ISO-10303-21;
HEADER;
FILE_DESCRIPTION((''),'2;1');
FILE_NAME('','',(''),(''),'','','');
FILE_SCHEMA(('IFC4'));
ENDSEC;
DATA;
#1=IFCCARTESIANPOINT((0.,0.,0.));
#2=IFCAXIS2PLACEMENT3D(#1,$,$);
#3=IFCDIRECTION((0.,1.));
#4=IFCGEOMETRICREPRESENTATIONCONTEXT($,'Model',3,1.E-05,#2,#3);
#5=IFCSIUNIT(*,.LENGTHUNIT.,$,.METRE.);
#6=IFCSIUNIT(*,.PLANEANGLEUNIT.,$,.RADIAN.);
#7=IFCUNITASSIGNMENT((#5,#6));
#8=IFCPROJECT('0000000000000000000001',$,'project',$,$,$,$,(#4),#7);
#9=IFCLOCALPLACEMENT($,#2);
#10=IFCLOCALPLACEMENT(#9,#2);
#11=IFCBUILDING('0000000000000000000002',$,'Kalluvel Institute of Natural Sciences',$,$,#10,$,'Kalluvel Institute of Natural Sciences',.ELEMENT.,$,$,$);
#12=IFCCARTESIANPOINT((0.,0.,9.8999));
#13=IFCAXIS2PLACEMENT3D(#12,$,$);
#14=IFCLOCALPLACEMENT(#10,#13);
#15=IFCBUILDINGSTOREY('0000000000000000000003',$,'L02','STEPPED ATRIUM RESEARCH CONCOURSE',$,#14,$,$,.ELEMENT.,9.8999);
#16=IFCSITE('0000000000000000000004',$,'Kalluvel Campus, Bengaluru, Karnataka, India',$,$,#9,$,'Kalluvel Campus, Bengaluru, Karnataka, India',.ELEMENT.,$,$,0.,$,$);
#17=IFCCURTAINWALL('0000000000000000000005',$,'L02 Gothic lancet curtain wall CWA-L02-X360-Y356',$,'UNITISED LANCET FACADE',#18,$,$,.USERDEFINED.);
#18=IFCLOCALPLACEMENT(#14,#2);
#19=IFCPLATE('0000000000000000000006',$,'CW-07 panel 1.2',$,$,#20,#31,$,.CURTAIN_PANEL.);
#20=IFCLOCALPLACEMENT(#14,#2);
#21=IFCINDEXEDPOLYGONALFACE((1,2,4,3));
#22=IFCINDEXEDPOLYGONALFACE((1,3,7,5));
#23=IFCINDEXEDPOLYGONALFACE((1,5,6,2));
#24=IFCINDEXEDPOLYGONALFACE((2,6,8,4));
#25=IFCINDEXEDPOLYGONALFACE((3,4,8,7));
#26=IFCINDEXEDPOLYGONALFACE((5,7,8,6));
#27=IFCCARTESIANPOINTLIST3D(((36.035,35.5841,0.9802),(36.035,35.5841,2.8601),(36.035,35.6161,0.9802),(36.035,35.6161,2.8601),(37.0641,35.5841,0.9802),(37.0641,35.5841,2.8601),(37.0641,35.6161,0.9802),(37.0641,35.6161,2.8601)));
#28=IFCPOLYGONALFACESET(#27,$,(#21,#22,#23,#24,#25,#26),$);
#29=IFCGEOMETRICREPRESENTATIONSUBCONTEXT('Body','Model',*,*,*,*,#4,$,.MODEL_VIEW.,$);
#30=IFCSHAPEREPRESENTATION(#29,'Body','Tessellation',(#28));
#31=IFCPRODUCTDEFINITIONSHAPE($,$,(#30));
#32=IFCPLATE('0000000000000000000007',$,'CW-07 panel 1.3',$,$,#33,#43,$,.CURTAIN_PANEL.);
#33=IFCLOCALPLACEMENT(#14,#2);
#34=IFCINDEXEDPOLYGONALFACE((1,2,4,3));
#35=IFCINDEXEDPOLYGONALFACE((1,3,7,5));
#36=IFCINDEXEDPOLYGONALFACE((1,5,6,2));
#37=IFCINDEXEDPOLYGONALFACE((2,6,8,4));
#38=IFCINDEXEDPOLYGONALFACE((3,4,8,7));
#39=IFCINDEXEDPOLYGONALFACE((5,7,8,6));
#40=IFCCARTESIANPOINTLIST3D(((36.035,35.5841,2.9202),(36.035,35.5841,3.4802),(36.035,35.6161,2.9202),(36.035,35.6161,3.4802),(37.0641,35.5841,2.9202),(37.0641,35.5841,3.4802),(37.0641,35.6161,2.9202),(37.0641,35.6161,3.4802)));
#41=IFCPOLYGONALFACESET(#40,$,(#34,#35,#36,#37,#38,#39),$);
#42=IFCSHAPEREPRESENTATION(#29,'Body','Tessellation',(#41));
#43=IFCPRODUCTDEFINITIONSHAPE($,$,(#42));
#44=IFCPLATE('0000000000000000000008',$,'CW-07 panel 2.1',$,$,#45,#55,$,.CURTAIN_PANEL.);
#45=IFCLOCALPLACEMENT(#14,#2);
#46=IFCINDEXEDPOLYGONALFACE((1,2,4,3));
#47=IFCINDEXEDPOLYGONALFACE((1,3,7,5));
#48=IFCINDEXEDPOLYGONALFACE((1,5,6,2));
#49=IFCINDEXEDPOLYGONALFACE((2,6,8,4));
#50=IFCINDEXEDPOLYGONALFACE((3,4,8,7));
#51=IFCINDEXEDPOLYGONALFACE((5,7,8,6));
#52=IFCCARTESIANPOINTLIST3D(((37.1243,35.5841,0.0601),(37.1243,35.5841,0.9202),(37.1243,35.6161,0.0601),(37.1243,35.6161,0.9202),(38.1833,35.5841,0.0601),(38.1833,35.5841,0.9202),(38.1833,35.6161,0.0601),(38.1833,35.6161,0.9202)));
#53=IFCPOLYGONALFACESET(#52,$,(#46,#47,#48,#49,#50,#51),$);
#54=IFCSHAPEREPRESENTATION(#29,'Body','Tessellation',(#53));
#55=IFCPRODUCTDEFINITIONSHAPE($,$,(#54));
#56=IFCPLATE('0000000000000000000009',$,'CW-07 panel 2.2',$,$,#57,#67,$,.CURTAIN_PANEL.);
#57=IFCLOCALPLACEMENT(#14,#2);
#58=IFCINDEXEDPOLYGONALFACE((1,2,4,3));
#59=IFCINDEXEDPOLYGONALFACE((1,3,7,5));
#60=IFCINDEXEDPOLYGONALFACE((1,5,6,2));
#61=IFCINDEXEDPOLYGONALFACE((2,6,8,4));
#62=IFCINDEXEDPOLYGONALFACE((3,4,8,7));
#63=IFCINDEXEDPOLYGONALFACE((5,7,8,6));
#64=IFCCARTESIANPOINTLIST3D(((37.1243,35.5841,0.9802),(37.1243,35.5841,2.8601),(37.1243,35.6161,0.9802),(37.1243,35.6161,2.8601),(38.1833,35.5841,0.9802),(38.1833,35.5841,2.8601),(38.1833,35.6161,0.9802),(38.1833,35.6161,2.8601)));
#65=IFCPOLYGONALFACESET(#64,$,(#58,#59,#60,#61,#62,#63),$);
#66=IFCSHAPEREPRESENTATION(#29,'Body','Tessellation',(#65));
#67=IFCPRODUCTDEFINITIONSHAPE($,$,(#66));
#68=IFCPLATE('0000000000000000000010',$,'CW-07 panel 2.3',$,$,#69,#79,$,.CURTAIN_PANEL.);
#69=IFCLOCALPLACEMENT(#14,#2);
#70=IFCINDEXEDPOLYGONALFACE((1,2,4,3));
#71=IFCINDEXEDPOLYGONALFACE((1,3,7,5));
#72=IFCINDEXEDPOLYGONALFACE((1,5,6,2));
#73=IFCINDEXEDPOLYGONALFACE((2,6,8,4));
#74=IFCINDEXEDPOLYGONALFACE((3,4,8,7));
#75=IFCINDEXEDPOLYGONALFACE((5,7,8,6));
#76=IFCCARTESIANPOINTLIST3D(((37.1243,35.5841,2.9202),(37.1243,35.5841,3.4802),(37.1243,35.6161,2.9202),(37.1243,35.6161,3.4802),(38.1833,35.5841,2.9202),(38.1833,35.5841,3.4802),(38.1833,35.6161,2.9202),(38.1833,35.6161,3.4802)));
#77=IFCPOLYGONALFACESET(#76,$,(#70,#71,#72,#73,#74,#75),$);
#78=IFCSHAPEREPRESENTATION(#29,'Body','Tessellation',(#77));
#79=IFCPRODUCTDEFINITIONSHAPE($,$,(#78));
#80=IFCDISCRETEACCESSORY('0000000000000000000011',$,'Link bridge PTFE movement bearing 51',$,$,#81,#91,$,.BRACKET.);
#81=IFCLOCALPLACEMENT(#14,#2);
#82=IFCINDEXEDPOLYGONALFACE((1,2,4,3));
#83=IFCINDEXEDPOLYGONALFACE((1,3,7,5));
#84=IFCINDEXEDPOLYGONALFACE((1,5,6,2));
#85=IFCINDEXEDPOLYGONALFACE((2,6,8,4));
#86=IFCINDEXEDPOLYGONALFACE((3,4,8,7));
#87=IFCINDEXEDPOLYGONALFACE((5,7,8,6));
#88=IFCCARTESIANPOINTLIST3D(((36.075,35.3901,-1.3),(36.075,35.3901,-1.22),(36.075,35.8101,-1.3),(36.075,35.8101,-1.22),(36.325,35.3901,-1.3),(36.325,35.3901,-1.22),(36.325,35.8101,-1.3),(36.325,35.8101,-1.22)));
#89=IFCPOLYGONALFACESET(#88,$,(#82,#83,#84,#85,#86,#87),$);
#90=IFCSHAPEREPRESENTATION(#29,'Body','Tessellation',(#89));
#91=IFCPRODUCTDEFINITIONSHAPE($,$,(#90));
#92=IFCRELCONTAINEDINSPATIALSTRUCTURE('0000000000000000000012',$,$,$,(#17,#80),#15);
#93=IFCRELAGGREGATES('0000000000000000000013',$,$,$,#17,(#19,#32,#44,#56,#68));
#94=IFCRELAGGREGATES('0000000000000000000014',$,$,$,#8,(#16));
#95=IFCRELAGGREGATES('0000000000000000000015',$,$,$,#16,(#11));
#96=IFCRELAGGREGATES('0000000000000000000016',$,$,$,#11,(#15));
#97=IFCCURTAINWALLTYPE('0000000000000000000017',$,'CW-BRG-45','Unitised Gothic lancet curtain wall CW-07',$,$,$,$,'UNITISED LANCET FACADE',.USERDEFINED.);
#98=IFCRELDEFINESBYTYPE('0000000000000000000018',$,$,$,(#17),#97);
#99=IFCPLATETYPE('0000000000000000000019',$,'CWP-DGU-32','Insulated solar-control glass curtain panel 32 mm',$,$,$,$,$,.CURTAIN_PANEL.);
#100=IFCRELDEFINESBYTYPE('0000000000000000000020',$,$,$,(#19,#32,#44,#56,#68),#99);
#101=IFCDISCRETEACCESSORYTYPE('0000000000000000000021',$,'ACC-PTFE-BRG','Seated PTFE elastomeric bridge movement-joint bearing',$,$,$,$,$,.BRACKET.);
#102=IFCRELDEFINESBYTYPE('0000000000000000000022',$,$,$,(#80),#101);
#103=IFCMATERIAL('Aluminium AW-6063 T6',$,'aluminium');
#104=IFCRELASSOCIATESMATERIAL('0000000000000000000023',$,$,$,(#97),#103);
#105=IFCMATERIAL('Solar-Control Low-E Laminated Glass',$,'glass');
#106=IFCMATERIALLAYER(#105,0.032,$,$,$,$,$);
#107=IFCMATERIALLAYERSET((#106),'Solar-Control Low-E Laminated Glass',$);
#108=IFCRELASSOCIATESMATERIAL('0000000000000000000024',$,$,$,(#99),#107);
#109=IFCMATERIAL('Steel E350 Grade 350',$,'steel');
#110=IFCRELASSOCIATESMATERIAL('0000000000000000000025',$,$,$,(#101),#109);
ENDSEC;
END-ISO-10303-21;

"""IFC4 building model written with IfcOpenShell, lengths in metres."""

from ifc_helpers import new_model, si_unit, direction, frame, origin, origin_2d, place, context, subcontext, project, spatial, rectangle, extrude, material, layer, layer_set, type_object, element, aggregate, save


model = new_model("IFC4")

# Units and contexts
model_context = context("Model", 3, precision=1e-05, world=origin(), true_north=direction((0.0, 1.0)))
body_context = subcontext(model_context, "Body", "Model", "MODEL_VIEW")
ifc_project = project(units=[si_unit("LENGTHUNIT", "METRE"), si_unit("PLANEANGLEUNIT", "RADIAN")], contexts=[model_context])

# Site, building, storey
site_placement = place(None, origin())
site = spatial("IfcSite", under=ifc_project, at=site_placement, Name="Kalluvel Campus, Bengaluru, Karnataka, India", LongName="Kalluvel Campus, Bengaluru, Karnataka, India", CompositionType="ELEMENT", RefElevation=0.0)
building_placement = place(site_placement, origin())
building = spatial("IfcBuilding", under=site, at=building_placement, Name="Kalluvel Institute of Natural Sciences", LongName="Kalluvel Institute of Natural Sciences", CompositionType="ELEMENT")
storey_placement = place(building_placement, frame((0.0, 0.0, 9.8999)))
storey = spatial("IfcBuildingStorey", under=building, at=storey_placement, Name="L02", Description="STEPPED ATRIUM RESEARCH CONCOURSE", CompositionType="ELEMENT", Elevation=9.8999)

# Shared definitions
ifc_material_1 = material(Name="Steel E350 Grade 350", Category="steel")

# Shared definitions
ifc_material_2 = material(Name="Aluminium AW-6063 T6", Category="aluminium")

# Curtain wall
curtain_wall_type_1 = type_object("IfcCurtainWallType", Name="CW-BRG-45", Description="Unitised Gothic lancet curtain wall CW-07", ElementType="UNITISED LANCET FACADE", PredefinedType="USERDEFINED", material=ifc_material_2)
curtain_wall_1_placement = place(storey_placement, origin())
curtain_wall_1 = element("IfcCurtainWall", 1, at=curtain_wall_1_placement, inside=storey, type_object=curtain_wall_type_1, Name="L02 Gothic lancet curtain wall CWA-L02-X360-Y356", ObjectType="UNITISED LANCET FACADE", PredefinedType="USERDEFINED")

# Plates
ifc_material_3 = material(Name="Solar-Control Low-E Laminated Glass", Category="glass")
ifc_layer_1 = layer(ifc_material_3, 0.032)
ifc_layer_set_1 = layer_set([ifc_layer_1], Name="Solar-Control Low-E Laminated Glass")
plate_type_1 = type_object("IfcPlateType", Name="CWP-DGU-32", Description="Insulated solar-control glass curtain panel 32 mm", PredefinedType="CURTAIN_PANEL", material=ifc_layer_set_1)
plate_1_placement = place(storey_placement, frame((36.5496, 35.6001, 0.9802), z_axis=(0.0, 0.0, 1.0), x_axis=(1.0, 0.0, 0.0)))
plate_1 = element("IfcPlate", 2, at=plate_1_placement, type_object=plate_type_1, Name="CW-07 panel 1.2", PredefinedType="CURTAIN_PANEL", context=body_context, shape_type="SweptSolid", body=[
    extrude(rectangle(XDim=1.0291, YDim=0.032, at=origin_2d()), origin(), (0.0, 0.0, 1.0), 1.8799),
])
plate_2_placement = place(storey_placement, frame((36.5496, 35.6001, 2.9202), z_axis=(0.0, 0.0, 1.0), x_axis=(1.0, 0.0, 0.0)))
plate_2 = element("IfcPlate", 3, at=plate_2_placement, type_object=plate_type_1, Name="CW-07 panel 1.3", PredefinedType="CURTAIN_PANEL", context=body_context, shape_type="SweptSolid", body=[
    extrude(rectangle(XDim=1.0291, YDim=0.032, at=origin_2d()), origin(), (0.0, 0.0, 1.0), 0.5601),
])
plate_3_placement = place(storey_placement, frame((37.6538, 35.6001, 0.0601), z_axis=(0.0, 0.0, 1.0), x_axis=(1.0, 0.0, 0.0)))
plate_3 = element("IfcPlate", 4, at=plate_3_placement, type_object=plate_type_1, Name="CW-07 panel 2.1", PredefinedType="CURTAIN_PANEL", context=body_context, shape_type="SweptSolid", body=[
    extrude(rectangle(XDim=1.0591, YDim=0.032, at=origin_2d()), origin(), (0.0, 0.0, 1.0), 0.8601),
])
plate_4_placement = place(storey_placement, frame((37.6538, 35.6001, 0.9802), z_axis=(0.0, 0.0, 1.0), x_axis=(1.0, 0.0, 0.0)))
plate_4 = element("IfcPlate", 5, at=plate_4_placement, type_object=plate_type_1, Name="CW-07 panel 2.2", PredefinedType="CURTAIN_PANEL", context=body_context, shape_type="SweptSolid", body=[
    extrude(rectangle(XDim=1.0591, YDim=0.032, at=origin_2d()), origin(), (0.0, 0.0, 1.0), 1.8799),
])
plate_5_placement = place(storey_placement, frame((37.6538, 35.6001, 2.9202), z_axis=(0.0, 0.0, 1.0), x_axis=(1.0, 0.0, 0.0)))
plate_5 = element("IfcPlate", 6, at=plate_5_placement, type_object=plate_type_1, Name="CW-07 panel 2.3", PredefinedType="CURTAIN_PANEL", context=body_context, shape_type="SweptSolid", body=[
    extrude(rectangle(XDim=1.0591, YDim=0.032, at=origin_2d()), origin(), (0.0, 0.0, 1.0), 0.5601),
])
aggregate(curtain_wall_1, [plate_1, plate_2, plate_3, plate_4, plate_5])

# Discrete accessory
discrete_accessory_type = type_object("IfcDiscreteAccessoryType", Name="ACC-PTFE-BRG", Description="Seated PTFE elastomeric bridge movement-joint bearing", PredefinedType="BRACKET", material=ifc_material_1)
discrete_accessory_placement = place(storey_placement, frame((36.2, 35.6001, -1.3), z_axis=(0.0, 0.0, 1.0), x_axis=(1.0, 0.0, 0.0)))
element("IfcDiscreteAccessory", 7, at=discrete_accessory_placement, inside=storey, type_object=discrete_accessory_type, Name="Link bridge PTFE movement bearing 51", PredefinedType="BRACKET", context=body_context, shape_type="SweptSolid", body=[
    extrude(rectangle(XDim=0.25, YDim=0.4199, at=origin_2d()), origin(), (0.0, 0.0, 1.0), 0.0801),
])

save(model, "model.ifc")
